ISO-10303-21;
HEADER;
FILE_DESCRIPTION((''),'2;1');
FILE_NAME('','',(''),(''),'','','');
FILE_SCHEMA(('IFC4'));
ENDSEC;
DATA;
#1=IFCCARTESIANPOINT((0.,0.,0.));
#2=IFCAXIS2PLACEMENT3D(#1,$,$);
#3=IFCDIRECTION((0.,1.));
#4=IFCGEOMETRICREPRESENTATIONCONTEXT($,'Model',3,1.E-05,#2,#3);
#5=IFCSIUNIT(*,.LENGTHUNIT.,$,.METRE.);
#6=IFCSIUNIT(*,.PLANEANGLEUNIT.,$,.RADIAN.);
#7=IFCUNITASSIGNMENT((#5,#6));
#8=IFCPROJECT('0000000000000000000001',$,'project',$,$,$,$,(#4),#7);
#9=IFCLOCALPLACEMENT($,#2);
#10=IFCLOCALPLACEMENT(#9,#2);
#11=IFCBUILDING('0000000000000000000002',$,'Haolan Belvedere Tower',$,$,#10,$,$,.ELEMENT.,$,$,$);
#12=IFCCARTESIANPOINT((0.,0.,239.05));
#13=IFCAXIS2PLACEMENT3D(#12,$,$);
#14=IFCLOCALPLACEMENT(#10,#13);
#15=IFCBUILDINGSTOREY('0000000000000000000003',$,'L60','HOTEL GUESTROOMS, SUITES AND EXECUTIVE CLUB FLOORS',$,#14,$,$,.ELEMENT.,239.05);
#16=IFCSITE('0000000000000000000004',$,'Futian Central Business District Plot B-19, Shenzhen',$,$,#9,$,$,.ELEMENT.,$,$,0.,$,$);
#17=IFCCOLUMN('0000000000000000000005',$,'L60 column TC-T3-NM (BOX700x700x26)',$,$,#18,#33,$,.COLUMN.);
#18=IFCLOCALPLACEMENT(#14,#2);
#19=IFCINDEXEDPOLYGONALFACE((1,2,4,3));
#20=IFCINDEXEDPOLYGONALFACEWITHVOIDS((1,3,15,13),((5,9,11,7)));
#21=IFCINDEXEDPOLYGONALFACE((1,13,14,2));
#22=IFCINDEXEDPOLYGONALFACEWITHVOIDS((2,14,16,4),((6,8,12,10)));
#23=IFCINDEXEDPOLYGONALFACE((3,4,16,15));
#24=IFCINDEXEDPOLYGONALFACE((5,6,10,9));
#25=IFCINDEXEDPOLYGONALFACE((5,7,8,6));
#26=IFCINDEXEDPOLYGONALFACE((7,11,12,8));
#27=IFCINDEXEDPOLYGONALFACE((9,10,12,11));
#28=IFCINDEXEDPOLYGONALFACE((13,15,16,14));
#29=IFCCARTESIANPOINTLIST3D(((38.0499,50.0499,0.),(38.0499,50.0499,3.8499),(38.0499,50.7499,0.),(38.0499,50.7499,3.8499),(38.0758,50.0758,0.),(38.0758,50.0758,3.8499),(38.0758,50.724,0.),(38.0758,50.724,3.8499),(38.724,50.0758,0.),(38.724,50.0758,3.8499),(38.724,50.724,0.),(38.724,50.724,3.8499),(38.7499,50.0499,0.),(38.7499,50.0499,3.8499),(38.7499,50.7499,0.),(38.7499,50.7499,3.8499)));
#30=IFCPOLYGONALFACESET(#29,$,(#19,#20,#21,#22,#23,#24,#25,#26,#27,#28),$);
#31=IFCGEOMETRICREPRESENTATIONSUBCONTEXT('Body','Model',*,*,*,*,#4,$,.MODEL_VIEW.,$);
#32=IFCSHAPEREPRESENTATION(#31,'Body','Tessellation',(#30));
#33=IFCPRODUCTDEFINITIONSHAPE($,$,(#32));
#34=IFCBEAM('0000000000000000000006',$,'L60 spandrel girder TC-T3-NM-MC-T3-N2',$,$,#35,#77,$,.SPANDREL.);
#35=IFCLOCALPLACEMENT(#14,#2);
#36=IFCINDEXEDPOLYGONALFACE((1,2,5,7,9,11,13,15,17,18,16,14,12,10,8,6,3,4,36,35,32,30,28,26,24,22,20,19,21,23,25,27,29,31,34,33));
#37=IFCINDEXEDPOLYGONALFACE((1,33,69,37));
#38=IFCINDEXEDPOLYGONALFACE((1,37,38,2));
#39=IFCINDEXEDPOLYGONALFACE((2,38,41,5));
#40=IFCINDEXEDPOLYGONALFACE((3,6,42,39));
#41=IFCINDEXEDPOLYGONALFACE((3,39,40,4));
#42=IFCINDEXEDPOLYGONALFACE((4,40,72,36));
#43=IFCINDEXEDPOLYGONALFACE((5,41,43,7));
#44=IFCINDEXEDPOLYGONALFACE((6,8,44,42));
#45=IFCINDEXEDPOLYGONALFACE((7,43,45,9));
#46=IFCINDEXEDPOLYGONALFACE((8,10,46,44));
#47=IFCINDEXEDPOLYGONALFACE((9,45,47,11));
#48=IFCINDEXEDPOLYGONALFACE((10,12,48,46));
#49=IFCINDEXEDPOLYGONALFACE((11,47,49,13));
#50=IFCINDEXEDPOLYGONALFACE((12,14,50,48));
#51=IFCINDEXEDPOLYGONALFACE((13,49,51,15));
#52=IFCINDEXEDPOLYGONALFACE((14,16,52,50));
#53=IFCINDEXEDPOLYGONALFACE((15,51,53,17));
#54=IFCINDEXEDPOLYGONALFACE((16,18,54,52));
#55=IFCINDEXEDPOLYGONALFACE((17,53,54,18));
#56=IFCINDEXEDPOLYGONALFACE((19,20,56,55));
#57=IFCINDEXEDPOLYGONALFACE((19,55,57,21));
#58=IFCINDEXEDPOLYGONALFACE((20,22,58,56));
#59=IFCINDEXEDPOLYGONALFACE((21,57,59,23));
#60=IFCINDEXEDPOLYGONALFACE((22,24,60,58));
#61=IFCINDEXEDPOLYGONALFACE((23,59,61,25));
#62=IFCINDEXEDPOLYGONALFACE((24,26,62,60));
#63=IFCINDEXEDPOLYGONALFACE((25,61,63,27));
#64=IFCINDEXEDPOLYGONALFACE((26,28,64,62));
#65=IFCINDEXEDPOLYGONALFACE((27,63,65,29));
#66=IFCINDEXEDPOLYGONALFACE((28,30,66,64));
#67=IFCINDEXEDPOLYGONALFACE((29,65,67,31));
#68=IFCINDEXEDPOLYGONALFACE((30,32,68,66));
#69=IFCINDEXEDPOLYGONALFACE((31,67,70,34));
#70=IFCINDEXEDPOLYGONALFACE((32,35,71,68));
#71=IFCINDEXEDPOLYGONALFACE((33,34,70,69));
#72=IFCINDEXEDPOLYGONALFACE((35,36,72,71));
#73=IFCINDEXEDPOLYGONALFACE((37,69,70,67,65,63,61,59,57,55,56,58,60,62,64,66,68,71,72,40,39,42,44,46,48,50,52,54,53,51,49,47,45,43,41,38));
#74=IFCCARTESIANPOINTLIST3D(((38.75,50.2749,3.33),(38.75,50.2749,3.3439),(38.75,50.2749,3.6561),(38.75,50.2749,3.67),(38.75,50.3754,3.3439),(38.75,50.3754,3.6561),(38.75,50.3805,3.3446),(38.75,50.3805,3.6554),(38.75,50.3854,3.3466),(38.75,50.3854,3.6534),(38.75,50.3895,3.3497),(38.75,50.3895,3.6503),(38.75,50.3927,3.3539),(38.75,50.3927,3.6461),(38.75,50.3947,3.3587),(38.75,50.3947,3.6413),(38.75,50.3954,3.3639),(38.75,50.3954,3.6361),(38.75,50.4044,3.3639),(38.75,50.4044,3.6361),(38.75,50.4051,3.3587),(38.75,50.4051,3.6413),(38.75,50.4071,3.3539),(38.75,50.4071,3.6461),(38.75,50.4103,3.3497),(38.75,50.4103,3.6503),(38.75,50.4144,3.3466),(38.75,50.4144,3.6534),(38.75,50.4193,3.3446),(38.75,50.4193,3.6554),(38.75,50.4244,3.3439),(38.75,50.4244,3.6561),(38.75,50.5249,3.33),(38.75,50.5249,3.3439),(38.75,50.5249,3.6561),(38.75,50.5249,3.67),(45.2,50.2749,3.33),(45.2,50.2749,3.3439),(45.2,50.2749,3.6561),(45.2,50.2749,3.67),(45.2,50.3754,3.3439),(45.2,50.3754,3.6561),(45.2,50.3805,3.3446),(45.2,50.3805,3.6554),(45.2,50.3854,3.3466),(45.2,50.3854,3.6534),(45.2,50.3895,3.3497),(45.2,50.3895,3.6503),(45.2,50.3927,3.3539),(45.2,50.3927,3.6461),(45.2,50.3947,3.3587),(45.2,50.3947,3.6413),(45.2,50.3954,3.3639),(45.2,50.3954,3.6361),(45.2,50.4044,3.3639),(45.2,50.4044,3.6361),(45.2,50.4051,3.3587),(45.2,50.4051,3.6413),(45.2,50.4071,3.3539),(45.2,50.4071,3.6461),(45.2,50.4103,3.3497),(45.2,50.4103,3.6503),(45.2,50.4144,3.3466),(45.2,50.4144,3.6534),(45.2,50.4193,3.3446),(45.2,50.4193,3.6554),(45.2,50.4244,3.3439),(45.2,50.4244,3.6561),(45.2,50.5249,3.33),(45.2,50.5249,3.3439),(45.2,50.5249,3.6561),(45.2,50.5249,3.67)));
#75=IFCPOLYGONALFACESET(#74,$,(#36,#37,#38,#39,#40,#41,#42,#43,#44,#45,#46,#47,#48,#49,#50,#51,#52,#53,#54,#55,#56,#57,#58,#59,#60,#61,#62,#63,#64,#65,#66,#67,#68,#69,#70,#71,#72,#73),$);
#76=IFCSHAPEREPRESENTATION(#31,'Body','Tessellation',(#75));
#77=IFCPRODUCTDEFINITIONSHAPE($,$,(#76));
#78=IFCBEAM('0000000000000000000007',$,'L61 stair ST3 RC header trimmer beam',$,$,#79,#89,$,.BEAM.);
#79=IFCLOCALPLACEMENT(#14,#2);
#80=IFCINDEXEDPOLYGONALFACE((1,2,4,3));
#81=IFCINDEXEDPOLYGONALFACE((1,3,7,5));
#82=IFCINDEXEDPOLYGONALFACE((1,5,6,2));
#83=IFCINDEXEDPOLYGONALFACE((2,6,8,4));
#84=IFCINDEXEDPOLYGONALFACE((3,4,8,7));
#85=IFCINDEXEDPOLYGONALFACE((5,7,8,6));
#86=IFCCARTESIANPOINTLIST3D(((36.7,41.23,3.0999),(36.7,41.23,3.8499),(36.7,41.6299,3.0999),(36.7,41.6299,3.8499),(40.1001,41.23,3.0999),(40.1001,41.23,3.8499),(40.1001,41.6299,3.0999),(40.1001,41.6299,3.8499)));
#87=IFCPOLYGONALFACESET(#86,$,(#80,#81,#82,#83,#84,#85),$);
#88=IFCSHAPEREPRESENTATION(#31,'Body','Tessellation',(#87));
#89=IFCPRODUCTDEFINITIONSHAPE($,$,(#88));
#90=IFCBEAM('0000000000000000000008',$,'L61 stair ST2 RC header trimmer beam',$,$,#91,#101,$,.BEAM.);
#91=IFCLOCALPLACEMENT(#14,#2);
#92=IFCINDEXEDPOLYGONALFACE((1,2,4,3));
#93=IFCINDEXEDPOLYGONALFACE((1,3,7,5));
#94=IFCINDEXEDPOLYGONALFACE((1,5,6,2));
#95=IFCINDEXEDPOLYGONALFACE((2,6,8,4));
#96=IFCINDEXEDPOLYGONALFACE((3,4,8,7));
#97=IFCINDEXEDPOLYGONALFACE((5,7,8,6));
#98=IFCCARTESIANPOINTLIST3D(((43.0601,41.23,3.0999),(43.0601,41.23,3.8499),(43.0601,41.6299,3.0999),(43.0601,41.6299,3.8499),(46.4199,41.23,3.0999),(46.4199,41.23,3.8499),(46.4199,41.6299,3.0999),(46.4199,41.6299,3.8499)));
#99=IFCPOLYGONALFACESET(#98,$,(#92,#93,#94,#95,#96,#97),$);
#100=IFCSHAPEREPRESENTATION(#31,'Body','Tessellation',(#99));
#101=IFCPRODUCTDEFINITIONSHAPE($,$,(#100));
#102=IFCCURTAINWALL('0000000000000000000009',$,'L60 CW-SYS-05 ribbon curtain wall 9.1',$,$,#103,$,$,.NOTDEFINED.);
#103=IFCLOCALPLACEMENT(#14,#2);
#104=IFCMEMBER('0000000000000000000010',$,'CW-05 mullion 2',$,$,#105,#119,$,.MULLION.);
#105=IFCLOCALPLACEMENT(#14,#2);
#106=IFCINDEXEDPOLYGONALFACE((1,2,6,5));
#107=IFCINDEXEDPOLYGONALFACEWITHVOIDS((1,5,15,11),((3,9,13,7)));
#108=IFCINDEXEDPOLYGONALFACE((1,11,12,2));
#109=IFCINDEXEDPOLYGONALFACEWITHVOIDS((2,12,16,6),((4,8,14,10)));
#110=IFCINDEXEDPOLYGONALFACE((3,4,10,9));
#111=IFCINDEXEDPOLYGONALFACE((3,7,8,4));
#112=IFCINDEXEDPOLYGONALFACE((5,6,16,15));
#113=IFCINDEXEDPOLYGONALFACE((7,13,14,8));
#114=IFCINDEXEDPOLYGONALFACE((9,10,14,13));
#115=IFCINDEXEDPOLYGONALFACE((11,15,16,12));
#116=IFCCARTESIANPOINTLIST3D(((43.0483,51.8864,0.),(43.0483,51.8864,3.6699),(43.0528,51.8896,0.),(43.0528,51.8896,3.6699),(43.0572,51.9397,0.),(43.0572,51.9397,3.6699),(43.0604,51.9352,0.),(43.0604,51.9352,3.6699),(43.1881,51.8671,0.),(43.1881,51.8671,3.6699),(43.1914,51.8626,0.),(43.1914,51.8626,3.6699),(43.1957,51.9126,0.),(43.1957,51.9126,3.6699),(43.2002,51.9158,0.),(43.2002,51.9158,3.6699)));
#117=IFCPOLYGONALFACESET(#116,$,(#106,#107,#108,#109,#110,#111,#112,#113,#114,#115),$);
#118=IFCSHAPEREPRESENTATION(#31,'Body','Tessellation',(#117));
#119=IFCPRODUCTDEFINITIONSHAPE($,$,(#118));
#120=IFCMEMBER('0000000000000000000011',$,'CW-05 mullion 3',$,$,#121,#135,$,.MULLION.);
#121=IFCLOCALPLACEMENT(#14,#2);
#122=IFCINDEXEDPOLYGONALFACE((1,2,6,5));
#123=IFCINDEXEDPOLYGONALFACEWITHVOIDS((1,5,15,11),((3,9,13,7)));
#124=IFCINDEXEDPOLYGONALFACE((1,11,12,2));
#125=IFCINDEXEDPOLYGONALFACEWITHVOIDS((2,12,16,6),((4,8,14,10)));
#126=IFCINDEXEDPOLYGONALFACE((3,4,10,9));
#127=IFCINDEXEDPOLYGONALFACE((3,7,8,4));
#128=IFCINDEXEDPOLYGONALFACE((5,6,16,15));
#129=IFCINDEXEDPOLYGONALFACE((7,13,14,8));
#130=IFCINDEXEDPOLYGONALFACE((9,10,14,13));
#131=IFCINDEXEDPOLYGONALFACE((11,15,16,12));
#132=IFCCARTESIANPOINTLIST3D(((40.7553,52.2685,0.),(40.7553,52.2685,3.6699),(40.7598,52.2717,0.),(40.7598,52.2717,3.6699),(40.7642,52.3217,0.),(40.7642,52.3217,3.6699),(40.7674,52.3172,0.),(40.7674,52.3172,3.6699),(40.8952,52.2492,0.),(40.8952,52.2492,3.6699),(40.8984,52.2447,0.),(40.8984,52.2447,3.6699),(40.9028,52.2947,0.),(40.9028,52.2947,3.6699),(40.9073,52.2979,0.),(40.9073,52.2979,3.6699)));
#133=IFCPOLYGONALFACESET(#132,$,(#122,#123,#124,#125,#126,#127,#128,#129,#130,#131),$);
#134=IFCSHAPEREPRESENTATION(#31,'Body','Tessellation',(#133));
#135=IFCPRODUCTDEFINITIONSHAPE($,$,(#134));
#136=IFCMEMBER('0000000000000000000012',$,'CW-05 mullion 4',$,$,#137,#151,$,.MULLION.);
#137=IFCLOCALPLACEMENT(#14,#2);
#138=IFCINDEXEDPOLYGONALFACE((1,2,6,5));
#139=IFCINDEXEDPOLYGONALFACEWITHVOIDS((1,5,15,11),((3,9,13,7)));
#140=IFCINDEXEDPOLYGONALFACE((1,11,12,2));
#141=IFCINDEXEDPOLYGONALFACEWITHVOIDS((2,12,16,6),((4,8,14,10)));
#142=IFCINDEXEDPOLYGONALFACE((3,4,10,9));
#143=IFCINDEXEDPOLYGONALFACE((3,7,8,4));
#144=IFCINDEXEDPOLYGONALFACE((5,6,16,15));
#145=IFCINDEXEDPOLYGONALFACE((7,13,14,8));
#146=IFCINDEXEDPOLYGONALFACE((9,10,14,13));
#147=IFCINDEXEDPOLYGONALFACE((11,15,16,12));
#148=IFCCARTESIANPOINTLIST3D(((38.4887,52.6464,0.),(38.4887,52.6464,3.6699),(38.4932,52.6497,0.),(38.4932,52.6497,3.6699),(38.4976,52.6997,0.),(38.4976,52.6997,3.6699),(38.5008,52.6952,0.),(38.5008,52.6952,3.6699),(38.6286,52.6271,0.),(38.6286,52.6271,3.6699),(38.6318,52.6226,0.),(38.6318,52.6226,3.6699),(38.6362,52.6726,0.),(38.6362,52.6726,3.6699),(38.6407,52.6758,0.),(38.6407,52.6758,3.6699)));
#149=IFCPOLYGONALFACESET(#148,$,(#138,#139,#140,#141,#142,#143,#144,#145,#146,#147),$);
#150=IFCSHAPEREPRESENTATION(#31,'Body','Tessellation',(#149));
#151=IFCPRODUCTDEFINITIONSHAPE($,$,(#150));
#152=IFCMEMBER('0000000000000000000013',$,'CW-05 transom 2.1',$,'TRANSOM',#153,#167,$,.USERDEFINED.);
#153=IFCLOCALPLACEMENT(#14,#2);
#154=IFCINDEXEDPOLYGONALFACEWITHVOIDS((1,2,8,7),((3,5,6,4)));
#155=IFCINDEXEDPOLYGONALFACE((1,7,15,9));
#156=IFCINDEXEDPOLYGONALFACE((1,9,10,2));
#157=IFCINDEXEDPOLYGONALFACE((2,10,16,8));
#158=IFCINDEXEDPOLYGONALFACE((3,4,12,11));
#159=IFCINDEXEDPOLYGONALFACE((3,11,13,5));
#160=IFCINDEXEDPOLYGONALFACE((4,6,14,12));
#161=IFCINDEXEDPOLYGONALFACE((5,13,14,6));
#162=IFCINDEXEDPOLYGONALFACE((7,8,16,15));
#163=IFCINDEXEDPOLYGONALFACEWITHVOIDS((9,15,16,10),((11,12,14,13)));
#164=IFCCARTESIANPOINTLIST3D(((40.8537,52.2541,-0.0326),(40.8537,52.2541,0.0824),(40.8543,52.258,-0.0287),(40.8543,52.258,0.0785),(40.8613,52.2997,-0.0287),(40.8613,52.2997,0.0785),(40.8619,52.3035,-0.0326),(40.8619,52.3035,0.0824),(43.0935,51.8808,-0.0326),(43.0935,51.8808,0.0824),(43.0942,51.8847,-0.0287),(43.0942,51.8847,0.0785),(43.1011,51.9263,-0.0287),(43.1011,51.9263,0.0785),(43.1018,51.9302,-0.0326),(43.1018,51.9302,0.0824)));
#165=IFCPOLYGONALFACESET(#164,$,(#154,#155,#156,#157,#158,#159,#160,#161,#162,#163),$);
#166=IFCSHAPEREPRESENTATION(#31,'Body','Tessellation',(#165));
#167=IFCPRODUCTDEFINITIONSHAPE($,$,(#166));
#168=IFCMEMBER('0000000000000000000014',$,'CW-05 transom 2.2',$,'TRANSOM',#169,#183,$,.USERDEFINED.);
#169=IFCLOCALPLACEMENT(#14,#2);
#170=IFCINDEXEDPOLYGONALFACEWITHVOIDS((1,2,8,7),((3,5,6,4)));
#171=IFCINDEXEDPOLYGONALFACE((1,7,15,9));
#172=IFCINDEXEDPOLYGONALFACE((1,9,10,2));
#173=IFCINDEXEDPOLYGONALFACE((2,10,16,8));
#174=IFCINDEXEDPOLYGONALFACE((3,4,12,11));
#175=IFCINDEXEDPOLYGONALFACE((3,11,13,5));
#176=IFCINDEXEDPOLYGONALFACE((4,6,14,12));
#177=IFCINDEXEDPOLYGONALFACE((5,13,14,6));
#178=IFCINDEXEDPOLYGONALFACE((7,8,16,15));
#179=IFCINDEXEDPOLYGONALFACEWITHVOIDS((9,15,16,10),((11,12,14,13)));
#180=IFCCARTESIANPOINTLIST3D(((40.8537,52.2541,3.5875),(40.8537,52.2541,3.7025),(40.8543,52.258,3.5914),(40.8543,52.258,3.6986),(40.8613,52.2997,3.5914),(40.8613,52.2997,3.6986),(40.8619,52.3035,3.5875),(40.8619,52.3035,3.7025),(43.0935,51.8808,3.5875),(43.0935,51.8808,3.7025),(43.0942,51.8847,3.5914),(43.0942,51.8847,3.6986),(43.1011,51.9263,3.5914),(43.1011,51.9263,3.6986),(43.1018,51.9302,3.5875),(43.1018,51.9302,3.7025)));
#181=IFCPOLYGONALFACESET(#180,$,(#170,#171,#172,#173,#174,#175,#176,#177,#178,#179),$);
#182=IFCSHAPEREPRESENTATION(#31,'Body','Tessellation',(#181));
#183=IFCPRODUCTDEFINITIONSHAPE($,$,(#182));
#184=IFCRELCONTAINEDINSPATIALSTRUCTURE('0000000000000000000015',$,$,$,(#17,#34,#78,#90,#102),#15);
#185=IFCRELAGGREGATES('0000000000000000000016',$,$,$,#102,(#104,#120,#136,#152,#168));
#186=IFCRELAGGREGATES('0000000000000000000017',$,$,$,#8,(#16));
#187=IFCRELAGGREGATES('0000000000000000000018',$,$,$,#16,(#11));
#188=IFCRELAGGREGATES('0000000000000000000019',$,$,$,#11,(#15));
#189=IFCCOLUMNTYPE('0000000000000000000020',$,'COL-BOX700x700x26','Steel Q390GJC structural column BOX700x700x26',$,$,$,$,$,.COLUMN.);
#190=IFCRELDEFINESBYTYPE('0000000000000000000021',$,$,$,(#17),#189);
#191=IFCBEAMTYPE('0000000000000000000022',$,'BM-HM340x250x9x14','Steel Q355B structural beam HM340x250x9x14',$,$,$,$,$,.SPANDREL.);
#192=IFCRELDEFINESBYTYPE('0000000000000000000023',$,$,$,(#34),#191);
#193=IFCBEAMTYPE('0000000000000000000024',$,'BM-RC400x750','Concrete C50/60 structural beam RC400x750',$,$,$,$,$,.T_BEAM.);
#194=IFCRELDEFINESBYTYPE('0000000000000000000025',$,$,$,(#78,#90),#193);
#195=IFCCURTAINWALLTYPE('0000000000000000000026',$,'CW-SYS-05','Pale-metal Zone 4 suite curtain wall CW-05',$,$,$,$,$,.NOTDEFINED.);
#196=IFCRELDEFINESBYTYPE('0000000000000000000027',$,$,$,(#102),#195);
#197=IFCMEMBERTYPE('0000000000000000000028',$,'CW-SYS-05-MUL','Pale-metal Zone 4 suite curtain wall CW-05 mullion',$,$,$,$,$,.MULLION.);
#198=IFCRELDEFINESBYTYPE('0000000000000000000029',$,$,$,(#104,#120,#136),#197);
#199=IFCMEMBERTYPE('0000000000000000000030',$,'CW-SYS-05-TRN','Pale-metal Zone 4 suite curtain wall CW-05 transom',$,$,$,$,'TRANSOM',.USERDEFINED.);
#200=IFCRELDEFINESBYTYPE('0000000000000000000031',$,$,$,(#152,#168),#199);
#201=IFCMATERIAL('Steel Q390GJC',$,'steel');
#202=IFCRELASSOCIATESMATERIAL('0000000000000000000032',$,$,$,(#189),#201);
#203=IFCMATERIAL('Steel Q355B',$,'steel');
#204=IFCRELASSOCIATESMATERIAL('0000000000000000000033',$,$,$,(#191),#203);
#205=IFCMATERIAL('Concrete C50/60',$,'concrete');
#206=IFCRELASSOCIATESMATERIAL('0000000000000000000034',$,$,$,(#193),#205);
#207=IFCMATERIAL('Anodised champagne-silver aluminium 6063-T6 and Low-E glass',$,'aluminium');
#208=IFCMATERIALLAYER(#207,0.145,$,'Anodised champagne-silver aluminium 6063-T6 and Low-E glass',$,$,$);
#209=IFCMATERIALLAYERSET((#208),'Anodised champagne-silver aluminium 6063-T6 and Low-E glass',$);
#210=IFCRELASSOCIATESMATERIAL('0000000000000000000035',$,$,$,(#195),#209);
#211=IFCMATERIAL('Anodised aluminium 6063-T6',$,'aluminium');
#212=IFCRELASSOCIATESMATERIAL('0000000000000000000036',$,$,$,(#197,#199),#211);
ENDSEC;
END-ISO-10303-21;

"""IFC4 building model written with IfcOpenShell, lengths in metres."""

from ifc_helpers import new_model, si_unit, direction, frame, origin, origin_2d, place, context, subcontext, project, spatial, rectangle, hollow_rectangle, i_section, extrude, material, layer, layer_set, material_profile, profile_set, type_object, element, aggregate, save


model = new_model("IFC4")

# Units and contexts
model_context = context("Model", 3, precision=1e-05, world=origin(), true_north=direction((0.0, 1.0)))
body_context = subcontext(model_context, "Body", "Model", "MODEL_VIEW")
ifc_project = project(units=[si_unit("LENGTHUNIT", "METRE"), si_unit("PLANEANGLEUNIT", "RADIAN")], contexts=[model_context])

# Site, building, storey
site_placement = place(None, origin())
site = spatial("IfcSite", under=ifc_project, at=site_placement, Name="Futian Central Business District Plot B-19, Shenzhen", CompositionType="ELEMENT", RefElevation=0.0)
building_placement = place(site_placement, origin())
building = spatial("IfcBuilding", under=site, at=building_placement, Name="Haolan Belvedere Tower", CompositionType="ELEMENT")
storey_placement = place(building_placement, frame((0.0, 0.0, 239.05)))
storey = spatial("IfcBuildingStorey", under=building, at=storey_placement, Name="L60", Description="HOTEL GUESTROOMS, SUITES AND EXECUTIVE CLUB FLOORS", CompositionType="ELEMENT", Elevation=239.05)

# Column
ifc_material_1 = material(Name="Steel Q390GJC", Category="steel")
ifc_material_profile_1 = material_profile(ifc_material_1, hollow_rectangle(XDim=0.7, YDim=0.7, WallThickness=0.0259, at=origin_2d()), Name="Steel Q390GJC")
ifc_profile_set_1 = profile_set([ifc_material_profile_1], Name="Steel Q390GJC")
column_type = type_object("IfcColumnType", Name="COL-BOX700x700x26", Description="Steel Q390GJC structural column BOX700x700x26", PredefinedType="COLUMN", material=ifc_profile_set_1)
column_placement = place(storey_placement, frame((38.3999, 50.3999, 0.0), z_axis=(0.0, 0.0, 1.0), x_axis=(1.0, 0.0, 0.0)))
element("IfcColumn", 1, at=column_placement, inside=storey, type_object=column_type, Name="L60 column TC-T3-NM (BOX700x700x26)", PredefinedType="COLUMN", context=body_context, shape_type="SweptSolid", body=[
    extrude(hollow_rectangle(XDim=0.7, YDim=0.7, WallThickness=0.0259, at=origin_2d()), origin(), (0.0, 0.0, 1.0), 3.8499),
])

# Beams
ifc_material_2 = material(Name="Steel Q355B", Category="steel")
ifc_material_profile_2 = material_profile(ifc_material_2, i_section(OverallWidth=0.25, OverallDepth=0.3401, WebThickness=0.009, FlangeThickness=0.0139, FilletRadius=0.02, at=origin_2d()), Name="Steel Q355B")
ifc_profile_set_2 = profile_set([ifc_material_profile_2], Name="Steel Q355B")
beam_type_1 = type_object("IfcBeamType", Name="BM-HM340x250x9x14", Description="Steel Q355B structural beam HM340x250x9x14", PredefinedType="SPANDREL", material=ifc_profile_set_2)
beam_1_placement = place(storey_placement, frame((38.75, 50.3999, 3.5), z_axis=(1.0, 0.0, 0.0), x_axis=(0.0, 1.0, 0.0)))
element("IfcBeam", 2, at=beam_1_placement, inside=storey, type_object=beam_type_1, Name="L60 spandrel girder TC-T3-NM-MC-T3-N2", PredefinedType="SPANDREL", context=body_context, shape_type="SweptSolid", body=[
    extrude(i_section(OverallWidth=0.25, OverallDepth=0.3401, WebThickness=0.009, FlangeThickness=0.0139, FilletRadius=0.02, at=origin_2d()), origin(), (0.0, 0.0, 1.0), 6.45),
])
ifc_material_3 = material(Name="Concrete C50/60", Category="concrete")
ifc_material_profile_3 = material_profile(ifc_material_3, rectangle(XDim=0.3999, YDim=0.75, at=origin_2d()), Name="Concrete C50/60")
ifc_profile_set_3 = profile_set([ifc_material_profile_3], Name="Concrete C50/60")
beam_type_2 = type_object("IfcBeamType", Name="BM-RC400x750", Description="Concrete C50/60 structural beam RC400x750", PredefinedType="T_BEAM", material=ifc_profile_set_3)
beam_2_placement = place(storey_placement, frame((36.7, 41.4299, 3.4749), z_axis=(1.0, 0.0, 0.0), x_axis=(0.0, 1.0, 0.0)))
element("IfcBeam", 3, at=beam_2_placement, inside=storey, type_object=beam_type_2, Name="L61 stair ST3 RC header trimmer beam", PredefinedType="BEAM", context=body_context, shape_type="SweptSolid", body=[
    extrude(rectangle(XDim=0.3999, YDim=0.75, at=origin_2d()), origin(), (0.0, 0.0, 1.0), 3.4001),
])
beam_3_placement = place(storey_placement, frame((43.0601, 41.4299, 3.4749), z_axis=(1.0, 0.0, 0.0), x_axis=(0.0, 1.0, 0.0)))
element("IfcBeam", 4, at=beam_3_placement, inside=storey, type_object=beam_type_2, Name="L61 stair ST2 RC header trimmer beam", PredefinedType="BEAM", context=body_context, shape_type="SweptSolid", body=[
    extrude(rectangle(XDim=0.3999, YDim=0.75, at=origin_2d()), origin(), (0.0, 0.0, 1.0), 3.3599),
])

# Curtain wall, members
ifc_material_4 = material(Name="Anodised champagne-silver aluminium 6063-T6 and Low-E glass", Category="aluminium")
ifc_layer_1 = layer(ifc_material_4, 0.145, Name="Anodised champagne-silver aluminium 6063-T6 and Low-E glass")
ifc_layer_set_1 = layer_set([ifc_layer_1], Name="Anodised champagne-silver aluminium 6063-T6 and Low-E glass")
curtain_wall_type = type_object("IfcCurtainWallType", Name="CW-SYS-05", Description="Pale-metal Zone 4 suite curtain wall CW-05", PredefinedType="NOTDEFINED", material=ifc_layer_set_1)
curtain_wall_placement = place(storey_placement, origin())
curtain_wall = element("IfcCurtainWall", 5, at=curtain_wall_placement, inside=storey, type_object=curtain_wall_type, Name="L60 CW-SYS-05 ribbon curtain wall 9.1", PredefinedType="NOTDEFINED")
ifc_material_5 = material(Name="Anodised aluminium 6063-T6", Category="aluminium")
ifc_material_profile_4 = material_profile(ifc_material_5, hollow_rectangle(XDim=0.054, YDim=0.145, WallThickness=0.0039, at=origin_2d()), Name="Anodised aluminium 6063-T6")
ifc_profile_set_4 = profile_set([ifc_material_profile_4], Name="Anodised aluminium 6063-T6")
member_type_1 = type_object("IfcMemberType", Name="CW-SYS-05-MUL", Description="Pale-metal Zone 4 suite curtain wall CW-05 mullion", PredefinedType="MULLION", material=ifc_profile_set_4)
member_1_placement = place(storey_placement, frame((43.1243, 51.9011, 0.0), z_axis=(0.0, 0.0, 1.0), x_axis=(-0.164406, -0.986393, 0.0)))
member_1 = element("IfcMember", 6, at=member_1_placement, type_object=member_type_1, Name="CW-05 mullion 2", PredefinedType="MULLION", context=body_context, shape_type="SweptSolid", body=[
    extrude(hollow_rectangle(XDim=0.054, YDim=0.145, WallThickness=0.0039, at=origin_2d()), origin(), (0.0, 0.0, 1.0), 3.6699),
])
member_2_placement = place(storey_placement, frame((40.8313, 52.2832, 0.0), z_axis=(0.0, 0.0, 1.0), x_axis=(-0.164406, -0.986393, 0.0)))
member_2 = element("IfcMember", 7, at=member_2_placement, type_object=member_type_1, Name="CW-05 mullion 3", PredefinedType="MULLION", context=body_context, shape_type="SweptSolid", body=[
    extrude(hollow_rectangle(XDim=0.054, YDim=0.145, WallThickness=0.0039, at=origin_2d()), origin(), (0.0, 0.0, 1.0), 3.6699),
])
member_3_placement = place(storey_placement, frame((38.5647, 52.6611, 0.0), z_axis=(0.0, 0.0, 1.0), x_axis=(-0.164406, -0.986393, 0.0)))
member_3 = element("IfcMember", 8, at=member_3_placement, type_object=member_type_1, Name="CW-05 mullion 4", PredefinedType="MULLION", context=body_context, shape_type="SweptSolid", body=[
    extrude(hollow_rectangle(XDim=0.054, YDim=0.145, WallThickness=0.0039, at=origin_2d()), origin(), (0.0, 0.0, 1.0), 3.6699),
])
ifc_material_profile_5 = material_profile(ifc_material_5, hollow_rectangle(XDim=0.05, YDim=0.115, WallThickness=0.0039, at=origin_2d()), Name="Anodised aluminium 6063-T6")
ifc_profile_set_5 = profile_set([ifc_material_profile_5], Name="Anodised aluminium 6063-T6")
member_type_2 = type_object("IfcMemberType", Name="CW-SYS-05-TRN", Description="Pale-metal Zone 4 suite curtain wall CW-05 transom", ElementType="TRANSOM", PredefinedType="USERDEFINED", material=ifc_profile_set_5)
member_4_placement = place(storey_placement, frame((43.0977, 51.9055, 0.0249), z_axis=(-0.986394, 0.164399, 0.0), x_axis=(-0.164399, -0.986394, 0.0)))
member_4 = element("IfcMember", 9, at=member_4_placement, type_object=member_type_2, Name="CW-05 transom 2.1", ObjectType="TRANSOM", PredefinedType="USERDEFINED", context=body_context, shape_type="SweptSolid", body=[
    extrude(hollow_rectangle(XDim=0.05, YDim=0.115, WallThickness=0.0039, at=origin_2d()), origin(), (0.0, 0.0, 1.0), 2.2708),
])
member_5_placement = place(storey_placement, frame((43.0977, 51.9055, 3.645), z_axis=(-0.986394, 0.164399, 0.0), x_axis=(-0.164399, -0.986394, 0.0)))
member_5 = element("IfcMember", 10, at=member_5_placement, type_object=member_type_2, Name="CW-05 transom 2.2", ObjectType="TRANSOM", PredefinedType="USERDEFINED", context=body_context, shape_type="SweptSolid", body=[
    extrude(hollow_rectangle(XDim=0.05, YDim=0.115, WallThickness=0.0039, at=origin_2d()), origin(), (0.0, 0.0, 1.0), 2.2708),
])
aggregate(curtain_wall, [member_1, member_2, member_3, member_4, member_5])

save(model, "model.ifc")
